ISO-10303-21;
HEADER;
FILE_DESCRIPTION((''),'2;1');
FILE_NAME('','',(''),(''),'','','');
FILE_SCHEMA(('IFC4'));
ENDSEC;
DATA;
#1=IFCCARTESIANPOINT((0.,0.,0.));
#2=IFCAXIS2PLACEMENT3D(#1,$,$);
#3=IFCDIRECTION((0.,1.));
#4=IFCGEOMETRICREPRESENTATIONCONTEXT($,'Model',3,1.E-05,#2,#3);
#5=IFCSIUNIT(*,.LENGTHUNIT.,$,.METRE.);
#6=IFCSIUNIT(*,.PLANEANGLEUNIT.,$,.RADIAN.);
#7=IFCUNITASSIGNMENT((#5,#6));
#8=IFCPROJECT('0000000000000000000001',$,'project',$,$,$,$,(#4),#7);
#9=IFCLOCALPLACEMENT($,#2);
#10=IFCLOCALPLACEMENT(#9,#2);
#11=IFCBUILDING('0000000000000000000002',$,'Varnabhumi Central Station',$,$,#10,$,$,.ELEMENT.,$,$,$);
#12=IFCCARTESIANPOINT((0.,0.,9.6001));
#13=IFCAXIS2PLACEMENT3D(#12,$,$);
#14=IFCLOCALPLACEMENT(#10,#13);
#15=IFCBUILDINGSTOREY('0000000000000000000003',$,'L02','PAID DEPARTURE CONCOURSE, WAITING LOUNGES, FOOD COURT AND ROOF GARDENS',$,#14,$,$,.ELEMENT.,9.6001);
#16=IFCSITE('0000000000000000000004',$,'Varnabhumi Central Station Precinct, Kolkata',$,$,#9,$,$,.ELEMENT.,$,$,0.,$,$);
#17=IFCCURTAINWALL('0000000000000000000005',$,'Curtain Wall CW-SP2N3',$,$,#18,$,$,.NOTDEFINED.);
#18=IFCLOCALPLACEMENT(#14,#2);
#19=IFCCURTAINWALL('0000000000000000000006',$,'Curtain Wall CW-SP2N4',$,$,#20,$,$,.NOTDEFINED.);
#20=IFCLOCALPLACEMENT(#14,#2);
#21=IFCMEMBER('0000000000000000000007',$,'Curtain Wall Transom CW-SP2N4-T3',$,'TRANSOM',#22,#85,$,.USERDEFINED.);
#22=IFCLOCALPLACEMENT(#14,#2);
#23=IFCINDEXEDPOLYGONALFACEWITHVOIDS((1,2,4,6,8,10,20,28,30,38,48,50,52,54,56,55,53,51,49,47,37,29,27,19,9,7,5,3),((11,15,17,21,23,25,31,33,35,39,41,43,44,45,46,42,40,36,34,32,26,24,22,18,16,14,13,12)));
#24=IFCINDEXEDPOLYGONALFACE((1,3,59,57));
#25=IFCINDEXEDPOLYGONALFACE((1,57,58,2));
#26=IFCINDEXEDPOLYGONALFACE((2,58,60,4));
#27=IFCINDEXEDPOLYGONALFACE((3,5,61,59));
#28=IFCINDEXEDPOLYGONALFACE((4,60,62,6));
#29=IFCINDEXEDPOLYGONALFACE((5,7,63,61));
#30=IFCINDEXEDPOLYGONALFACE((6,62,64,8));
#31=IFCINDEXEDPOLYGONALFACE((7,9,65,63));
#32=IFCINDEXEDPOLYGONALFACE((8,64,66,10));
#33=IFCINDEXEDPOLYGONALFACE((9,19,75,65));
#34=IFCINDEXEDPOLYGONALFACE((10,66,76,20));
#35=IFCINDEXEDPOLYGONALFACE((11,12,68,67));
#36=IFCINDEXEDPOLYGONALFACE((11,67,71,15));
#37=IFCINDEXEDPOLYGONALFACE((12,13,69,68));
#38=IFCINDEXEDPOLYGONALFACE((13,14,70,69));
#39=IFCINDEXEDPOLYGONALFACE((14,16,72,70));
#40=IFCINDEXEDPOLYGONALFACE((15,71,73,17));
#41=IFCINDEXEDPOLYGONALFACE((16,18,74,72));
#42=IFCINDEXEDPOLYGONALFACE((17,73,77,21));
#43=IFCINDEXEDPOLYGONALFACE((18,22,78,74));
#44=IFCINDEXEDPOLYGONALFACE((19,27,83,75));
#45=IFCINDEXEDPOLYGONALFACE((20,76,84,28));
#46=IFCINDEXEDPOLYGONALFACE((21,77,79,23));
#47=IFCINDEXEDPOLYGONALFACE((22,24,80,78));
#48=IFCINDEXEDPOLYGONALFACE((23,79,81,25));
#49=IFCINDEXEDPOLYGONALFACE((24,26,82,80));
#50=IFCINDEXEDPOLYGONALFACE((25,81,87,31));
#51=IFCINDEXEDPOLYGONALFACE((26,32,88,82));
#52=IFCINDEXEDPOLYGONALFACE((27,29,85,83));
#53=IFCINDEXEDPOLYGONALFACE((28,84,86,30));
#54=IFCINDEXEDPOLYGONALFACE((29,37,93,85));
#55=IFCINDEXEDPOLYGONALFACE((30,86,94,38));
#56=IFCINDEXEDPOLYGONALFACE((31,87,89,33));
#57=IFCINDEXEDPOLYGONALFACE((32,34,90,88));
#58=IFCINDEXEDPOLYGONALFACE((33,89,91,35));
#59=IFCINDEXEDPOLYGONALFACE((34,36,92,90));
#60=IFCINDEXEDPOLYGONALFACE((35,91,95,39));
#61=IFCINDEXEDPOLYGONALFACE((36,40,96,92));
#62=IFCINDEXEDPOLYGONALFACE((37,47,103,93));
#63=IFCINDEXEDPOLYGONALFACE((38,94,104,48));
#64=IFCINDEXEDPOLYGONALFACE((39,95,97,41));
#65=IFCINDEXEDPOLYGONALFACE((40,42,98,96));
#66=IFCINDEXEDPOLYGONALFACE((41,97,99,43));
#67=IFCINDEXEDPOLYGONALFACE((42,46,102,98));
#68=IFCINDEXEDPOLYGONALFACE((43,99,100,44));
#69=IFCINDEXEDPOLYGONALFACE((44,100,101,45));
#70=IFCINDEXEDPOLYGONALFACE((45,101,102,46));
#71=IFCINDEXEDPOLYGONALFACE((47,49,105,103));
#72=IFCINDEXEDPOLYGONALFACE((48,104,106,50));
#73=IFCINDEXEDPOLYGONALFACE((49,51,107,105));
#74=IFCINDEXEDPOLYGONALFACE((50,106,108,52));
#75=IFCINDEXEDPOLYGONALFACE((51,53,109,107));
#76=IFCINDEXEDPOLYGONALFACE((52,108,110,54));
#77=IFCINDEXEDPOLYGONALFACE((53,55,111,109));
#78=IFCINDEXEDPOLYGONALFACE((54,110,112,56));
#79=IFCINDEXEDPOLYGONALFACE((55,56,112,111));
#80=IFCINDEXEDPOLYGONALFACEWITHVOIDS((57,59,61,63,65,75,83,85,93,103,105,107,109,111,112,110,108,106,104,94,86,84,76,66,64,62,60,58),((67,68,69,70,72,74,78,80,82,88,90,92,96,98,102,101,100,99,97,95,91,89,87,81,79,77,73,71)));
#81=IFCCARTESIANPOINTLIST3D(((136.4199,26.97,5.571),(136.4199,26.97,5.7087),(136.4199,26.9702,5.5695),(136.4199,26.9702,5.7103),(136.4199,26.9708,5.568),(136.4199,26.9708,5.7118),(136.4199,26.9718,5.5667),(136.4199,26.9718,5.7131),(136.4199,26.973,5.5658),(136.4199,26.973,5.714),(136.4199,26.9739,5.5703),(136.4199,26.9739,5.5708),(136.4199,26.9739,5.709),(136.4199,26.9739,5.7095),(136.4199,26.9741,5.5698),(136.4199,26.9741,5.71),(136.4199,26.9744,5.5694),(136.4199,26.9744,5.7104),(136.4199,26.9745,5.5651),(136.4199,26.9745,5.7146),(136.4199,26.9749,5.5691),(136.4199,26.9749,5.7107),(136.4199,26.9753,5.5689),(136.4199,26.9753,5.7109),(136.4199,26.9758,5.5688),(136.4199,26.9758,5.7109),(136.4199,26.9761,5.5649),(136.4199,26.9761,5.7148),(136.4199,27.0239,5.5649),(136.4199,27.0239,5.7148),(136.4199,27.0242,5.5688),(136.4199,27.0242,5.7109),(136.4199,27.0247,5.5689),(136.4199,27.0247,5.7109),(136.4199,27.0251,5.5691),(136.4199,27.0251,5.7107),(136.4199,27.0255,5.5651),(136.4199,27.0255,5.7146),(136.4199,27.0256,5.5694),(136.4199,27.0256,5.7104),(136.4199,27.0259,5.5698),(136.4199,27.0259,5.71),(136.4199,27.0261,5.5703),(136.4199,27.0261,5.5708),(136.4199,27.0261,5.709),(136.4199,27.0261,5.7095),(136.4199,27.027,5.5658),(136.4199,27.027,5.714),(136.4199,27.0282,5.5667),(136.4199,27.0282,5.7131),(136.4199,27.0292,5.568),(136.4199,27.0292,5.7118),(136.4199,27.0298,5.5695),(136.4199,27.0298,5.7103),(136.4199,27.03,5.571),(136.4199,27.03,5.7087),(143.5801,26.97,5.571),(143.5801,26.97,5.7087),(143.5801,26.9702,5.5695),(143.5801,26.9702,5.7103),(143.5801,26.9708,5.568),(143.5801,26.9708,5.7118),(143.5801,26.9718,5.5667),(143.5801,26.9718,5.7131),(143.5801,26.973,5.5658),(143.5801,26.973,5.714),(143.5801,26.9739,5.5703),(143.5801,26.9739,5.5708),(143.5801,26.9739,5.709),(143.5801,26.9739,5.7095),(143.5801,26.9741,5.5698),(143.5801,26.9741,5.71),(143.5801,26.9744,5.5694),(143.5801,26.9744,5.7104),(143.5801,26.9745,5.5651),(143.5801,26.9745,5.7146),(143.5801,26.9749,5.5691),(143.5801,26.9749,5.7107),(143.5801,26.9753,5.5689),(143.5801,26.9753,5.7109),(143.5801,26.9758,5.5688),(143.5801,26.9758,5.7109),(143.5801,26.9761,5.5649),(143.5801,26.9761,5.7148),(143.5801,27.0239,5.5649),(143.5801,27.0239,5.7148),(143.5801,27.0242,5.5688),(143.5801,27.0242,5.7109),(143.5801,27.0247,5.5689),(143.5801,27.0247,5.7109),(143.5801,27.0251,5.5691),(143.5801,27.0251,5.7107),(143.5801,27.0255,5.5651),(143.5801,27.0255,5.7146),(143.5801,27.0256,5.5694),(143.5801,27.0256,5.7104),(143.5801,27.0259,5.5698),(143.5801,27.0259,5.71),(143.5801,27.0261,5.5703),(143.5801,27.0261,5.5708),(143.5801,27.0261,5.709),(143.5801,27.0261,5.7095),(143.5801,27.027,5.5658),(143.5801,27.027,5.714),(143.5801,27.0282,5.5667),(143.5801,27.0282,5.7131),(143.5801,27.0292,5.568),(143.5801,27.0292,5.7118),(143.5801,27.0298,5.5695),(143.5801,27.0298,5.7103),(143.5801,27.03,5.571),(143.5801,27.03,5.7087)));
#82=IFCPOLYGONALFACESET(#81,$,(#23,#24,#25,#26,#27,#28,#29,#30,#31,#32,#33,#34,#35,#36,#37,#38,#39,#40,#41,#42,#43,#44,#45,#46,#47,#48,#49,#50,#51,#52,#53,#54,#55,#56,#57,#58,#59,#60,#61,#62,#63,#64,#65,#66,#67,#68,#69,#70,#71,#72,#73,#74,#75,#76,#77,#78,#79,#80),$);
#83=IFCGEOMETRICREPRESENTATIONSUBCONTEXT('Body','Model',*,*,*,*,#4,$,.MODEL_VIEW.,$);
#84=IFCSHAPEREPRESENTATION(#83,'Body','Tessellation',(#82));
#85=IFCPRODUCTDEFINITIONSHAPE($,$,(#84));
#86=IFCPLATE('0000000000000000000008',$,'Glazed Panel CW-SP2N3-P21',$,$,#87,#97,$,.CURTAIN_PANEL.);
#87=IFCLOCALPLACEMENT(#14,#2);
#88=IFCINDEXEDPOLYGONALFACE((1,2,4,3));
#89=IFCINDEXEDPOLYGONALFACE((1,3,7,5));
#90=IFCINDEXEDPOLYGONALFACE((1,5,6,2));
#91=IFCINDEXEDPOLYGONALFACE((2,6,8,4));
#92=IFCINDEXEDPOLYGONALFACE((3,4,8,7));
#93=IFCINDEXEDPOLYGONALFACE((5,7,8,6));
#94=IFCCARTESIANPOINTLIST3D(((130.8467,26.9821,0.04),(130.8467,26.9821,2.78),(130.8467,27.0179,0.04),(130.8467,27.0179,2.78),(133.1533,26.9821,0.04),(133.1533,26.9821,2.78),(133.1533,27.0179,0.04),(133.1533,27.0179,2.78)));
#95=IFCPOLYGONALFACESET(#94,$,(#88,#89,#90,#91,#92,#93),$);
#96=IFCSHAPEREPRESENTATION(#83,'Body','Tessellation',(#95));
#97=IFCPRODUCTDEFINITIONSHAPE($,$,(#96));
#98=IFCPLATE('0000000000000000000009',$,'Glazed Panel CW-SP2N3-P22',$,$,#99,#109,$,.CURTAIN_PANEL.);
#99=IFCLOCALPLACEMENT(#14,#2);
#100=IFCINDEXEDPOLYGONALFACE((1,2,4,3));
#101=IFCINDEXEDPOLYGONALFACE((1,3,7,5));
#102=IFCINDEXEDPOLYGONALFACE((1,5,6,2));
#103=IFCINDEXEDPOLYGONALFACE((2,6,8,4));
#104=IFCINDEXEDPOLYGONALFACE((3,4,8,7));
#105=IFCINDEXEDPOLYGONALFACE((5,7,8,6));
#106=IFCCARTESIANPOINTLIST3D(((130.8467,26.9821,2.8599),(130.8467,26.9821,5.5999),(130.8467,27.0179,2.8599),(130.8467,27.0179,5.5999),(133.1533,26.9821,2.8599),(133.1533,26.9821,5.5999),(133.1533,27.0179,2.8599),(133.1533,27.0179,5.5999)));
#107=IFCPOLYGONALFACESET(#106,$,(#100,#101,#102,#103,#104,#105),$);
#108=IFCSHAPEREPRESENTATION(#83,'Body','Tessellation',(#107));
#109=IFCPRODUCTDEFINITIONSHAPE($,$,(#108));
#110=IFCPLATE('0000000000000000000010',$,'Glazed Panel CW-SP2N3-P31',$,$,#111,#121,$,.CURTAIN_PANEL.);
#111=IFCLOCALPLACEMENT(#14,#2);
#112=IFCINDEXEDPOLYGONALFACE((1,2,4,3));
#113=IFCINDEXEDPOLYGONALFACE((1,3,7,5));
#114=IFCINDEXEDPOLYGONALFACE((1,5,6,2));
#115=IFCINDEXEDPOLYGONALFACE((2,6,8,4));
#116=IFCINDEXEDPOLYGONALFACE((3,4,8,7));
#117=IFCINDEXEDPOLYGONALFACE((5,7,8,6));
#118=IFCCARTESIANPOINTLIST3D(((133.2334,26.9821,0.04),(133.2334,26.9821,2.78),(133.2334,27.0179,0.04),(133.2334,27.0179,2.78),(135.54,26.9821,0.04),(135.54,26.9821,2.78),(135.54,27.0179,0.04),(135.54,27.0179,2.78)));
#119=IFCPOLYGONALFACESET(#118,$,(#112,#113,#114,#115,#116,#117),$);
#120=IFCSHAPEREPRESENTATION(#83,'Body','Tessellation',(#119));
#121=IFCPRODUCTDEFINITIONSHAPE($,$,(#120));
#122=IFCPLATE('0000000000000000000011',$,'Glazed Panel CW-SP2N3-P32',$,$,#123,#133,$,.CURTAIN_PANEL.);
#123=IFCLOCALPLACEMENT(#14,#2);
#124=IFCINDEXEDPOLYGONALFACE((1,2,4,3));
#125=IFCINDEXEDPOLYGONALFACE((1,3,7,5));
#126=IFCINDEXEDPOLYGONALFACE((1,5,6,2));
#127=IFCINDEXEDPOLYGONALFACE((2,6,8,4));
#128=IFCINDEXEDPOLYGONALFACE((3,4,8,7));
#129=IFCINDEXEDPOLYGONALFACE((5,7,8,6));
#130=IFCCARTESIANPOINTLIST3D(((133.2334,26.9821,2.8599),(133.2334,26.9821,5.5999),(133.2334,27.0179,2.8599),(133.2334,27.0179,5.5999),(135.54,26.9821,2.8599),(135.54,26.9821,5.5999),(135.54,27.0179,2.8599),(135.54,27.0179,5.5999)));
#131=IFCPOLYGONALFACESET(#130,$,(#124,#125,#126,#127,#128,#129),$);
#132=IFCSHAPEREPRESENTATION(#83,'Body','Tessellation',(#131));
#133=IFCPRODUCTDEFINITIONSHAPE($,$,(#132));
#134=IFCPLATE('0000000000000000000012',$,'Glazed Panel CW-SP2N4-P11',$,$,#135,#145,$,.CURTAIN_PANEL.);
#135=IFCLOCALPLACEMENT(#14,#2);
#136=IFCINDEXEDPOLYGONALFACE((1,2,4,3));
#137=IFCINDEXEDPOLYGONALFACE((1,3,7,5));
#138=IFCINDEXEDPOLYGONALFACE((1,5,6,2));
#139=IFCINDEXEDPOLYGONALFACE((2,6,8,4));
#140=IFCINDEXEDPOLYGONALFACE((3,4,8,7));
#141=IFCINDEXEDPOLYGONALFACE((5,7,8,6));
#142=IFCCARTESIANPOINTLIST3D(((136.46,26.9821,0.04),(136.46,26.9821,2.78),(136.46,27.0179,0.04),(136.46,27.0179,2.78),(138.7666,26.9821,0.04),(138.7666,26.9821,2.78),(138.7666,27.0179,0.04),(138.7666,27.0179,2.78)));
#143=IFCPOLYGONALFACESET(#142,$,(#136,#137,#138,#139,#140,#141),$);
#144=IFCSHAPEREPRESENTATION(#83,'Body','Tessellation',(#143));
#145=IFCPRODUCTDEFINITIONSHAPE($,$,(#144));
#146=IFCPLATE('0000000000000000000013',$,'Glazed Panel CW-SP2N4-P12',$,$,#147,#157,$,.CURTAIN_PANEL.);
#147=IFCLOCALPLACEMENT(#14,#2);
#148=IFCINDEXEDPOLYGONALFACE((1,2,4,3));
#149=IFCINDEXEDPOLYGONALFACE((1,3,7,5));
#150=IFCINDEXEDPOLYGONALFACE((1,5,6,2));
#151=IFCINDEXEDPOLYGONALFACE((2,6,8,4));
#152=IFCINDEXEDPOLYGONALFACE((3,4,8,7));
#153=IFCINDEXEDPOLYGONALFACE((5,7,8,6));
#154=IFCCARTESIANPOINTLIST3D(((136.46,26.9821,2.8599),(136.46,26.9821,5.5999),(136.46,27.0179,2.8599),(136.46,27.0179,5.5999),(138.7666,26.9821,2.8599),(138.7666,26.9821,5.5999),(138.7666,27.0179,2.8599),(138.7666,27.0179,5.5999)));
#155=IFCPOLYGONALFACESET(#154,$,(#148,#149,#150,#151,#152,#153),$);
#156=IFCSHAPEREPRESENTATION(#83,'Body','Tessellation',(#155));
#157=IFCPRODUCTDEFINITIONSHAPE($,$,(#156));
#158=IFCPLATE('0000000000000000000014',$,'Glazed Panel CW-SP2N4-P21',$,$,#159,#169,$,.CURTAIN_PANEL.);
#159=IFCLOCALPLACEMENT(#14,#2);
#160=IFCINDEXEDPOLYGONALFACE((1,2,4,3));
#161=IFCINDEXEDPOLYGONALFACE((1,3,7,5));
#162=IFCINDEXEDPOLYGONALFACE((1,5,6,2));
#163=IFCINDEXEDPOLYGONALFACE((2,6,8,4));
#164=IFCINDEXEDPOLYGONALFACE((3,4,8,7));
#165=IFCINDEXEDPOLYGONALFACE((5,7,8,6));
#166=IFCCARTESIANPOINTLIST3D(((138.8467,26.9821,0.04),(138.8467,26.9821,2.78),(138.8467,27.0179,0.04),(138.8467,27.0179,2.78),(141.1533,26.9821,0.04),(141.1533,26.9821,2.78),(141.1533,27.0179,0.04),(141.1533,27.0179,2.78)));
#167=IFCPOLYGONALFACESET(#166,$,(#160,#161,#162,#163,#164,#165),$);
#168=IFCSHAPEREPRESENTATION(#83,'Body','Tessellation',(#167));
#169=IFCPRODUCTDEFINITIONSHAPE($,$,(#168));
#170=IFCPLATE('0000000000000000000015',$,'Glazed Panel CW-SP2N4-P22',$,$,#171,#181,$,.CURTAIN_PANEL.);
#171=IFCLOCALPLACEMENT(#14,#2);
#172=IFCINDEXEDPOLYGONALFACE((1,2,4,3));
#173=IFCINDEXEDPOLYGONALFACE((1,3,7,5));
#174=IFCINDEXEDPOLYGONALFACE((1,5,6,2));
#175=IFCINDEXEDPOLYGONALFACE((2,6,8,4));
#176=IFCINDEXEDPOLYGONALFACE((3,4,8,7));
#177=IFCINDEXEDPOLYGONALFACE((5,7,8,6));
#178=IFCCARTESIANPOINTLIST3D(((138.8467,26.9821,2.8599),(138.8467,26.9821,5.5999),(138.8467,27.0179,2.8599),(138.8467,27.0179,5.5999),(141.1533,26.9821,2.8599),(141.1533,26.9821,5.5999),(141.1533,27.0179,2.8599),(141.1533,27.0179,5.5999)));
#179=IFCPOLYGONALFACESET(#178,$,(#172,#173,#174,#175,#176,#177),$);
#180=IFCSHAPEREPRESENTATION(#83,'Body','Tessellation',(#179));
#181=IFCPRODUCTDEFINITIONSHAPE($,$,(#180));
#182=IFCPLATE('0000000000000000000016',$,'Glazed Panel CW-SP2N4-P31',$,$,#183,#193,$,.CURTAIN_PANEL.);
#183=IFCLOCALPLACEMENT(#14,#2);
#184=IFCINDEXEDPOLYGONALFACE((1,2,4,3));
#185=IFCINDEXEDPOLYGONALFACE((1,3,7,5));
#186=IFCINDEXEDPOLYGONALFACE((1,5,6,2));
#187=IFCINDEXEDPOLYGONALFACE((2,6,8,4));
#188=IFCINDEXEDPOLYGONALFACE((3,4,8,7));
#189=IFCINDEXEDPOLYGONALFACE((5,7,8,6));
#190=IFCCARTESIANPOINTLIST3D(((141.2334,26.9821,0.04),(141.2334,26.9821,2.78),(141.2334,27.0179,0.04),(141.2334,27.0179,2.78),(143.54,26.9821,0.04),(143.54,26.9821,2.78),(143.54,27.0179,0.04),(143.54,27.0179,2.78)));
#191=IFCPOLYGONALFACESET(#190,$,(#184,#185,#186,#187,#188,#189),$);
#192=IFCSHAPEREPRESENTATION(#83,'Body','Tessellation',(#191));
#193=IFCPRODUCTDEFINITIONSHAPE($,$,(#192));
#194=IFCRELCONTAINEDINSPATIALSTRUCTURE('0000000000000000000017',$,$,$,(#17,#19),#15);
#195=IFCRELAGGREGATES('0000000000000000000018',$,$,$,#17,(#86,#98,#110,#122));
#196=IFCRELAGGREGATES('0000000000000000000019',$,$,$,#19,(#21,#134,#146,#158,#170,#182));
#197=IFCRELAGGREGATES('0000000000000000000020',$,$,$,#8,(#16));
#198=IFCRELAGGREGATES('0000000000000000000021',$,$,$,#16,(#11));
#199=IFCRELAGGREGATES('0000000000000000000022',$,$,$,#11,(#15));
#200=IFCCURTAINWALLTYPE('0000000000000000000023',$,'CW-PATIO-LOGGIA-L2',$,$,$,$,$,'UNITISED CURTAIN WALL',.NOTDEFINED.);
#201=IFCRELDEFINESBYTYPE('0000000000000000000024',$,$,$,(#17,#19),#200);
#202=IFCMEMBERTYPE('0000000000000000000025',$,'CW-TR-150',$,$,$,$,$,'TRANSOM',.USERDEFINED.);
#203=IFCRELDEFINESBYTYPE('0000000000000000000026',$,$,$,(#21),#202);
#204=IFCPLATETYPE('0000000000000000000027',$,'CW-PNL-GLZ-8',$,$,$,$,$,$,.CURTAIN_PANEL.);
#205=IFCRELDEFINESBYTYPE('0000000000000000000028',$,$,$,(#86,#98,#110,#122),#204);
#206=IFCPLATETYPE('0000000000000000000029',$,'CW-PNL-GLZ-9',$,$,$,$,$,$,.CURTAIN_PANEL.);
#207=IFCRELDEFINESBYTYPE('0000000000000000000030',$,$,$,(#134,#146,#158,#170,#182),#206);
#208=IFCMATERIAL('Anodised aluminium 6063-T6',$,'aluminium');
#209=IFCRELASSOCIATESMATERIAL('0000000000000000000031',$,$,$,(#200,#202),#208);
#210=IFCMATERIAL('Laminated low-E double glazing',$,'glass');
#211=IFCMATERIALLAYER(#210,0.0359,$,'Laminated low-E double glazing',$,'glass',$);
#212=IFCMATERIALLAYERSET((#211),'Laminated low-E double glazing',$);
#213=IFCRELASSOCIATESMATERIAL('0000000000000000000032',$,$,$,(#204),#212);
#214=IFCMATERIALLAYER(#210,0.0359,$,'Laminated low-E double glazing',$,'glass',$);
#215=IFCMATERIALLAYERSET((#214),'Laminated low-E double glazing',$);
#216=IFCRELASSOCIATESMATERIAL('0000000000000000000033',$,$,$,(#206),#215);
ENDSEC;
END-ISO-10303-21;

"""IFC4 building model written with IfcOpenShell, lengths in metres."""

from ifc_helpers import new_model, si_unit, direction, frame, origin, origin_2d, place, context, subcontext, project, spatial, rectangle, hollow_rectangle, extrude, material, layer, layer_set, material_profile, profile_set, type_object, element, aggregate, save


model = new_model("IFC4")

# Units and contexts
model_context = context("Model", 3, precision=1e-05, world=origin(), true_north=direction((0.0, 1.0)))
body_context = subcontext(model_context, "Body", "Model", "MODEL_VIEW")
ifc_project = project(units=[si_unit("LENGTHUNIT", "METRE"), si_unit("PLANEANGLEUNIT", "RADIAN")], contexts=[model_context])

# Site, building, storey
site_placement = place(None, origin())
site = spatial("IfcSite", under=ifc_project, at=site_placement, Name="Varnabhumi Central Station Precinct, Kolkata", CompositionType="ELEMENT", RefElevation=0.0)
building_placement = place(site_placement, origin())
building = spatial("IfcBuilding", under=site, at=building_placement, Name="Varnabhumi Central Station", CompositionType="ELEMENT")
storey_placement = place(building_placement, frame((0.0, 0.0, 9.6001)))
storey = spatial("IfcBuildingStorey", under=building, at=storey_placement, Name="L02", Description="PAID DEPARTURE CONCOURSE, WAITING LOUNGES, FOOD COURT AND ROOF GARDENS", CompositionType="ELEMENT", Elevation=9.6001)

# Curtain walls, member
ifc_material_1 = material(Name="Anodised aluminium 6063-T6", Category="aluminium")
curtain_wall_type = type_object("IfcCurtainWallType", Name="CW-PATIO-LOGGIA-L2", ElementType="UNITISED CURTAIN WALL", PredefinedType="NOTDEFINED", material=ifc_material_1)
curtain_wall_1_placement = place(storey_placement, origin())
curtain_wall_1 = element("IfcCurtainWall", 1, at=curtain_wall_1_placement, inside=storey, type_object=curtain_wall_type, Name="Curtain Wall CW-SP2N3", PredefinedType="NOTDEFINED")
curtain_wall_2_placement = place(storey_placement, origin())
curtain_wall_2 = element("IfcCurtainWall", 2, at=curtain_wall_2_placement, inside=storey, type_object=curtain_wall_type, Name="Curtain Wall CW-SP2N4", PredefinedType="NOTDEFINED")
ifc_material_profile_1 = material_profile(ifc_material_1, hollow_rectangle(XDim=0.0601, YDim=0.1499, WallThickness=0.0039, InnerFilletRadius=0.002, OuterFilletRadius=0.0061, at=origin_2d()), Name="Anodised aluminium 6063-T6", Category="aluminium")
ifc_profile_set_1 = profile_set([ifc_material_profile_1], Name="Anodised aluminium 6063-T6")
member_type_1 = type_object("IfcMemberType", Name="CW-TR-150", ElementType="TRANSOM", PredefinedType="USERDEFINED", material=ifc_profile_set_1)
member_1_placement = place(storey_placement, frame((136.4199, 27.0, 5.6399), z_axis=(1.0, 0.0, 0.0), x_axis=(0.0, 1.0, 0.0)))
member_1 = element("IfcMember", 3, at=member_1_placement, type_object=member_type_1, Name="Curtain Wall Transom CW-SP2N4-T3", ObjectType="TRANSOM", PredefinedType="USERDEFINED", context=body_context, shape_type="SweptSolid", body=[
    extrude(hollow_rectangle(XDim=0.0601, YDim=0.1499, WallThickness=0.0039, InnerFilletRadius=0.002, OuterFilletRadius=0.0061, at=origin_2d()), origin(), (0.0, 0.0, 1.0), 7.1602),
])

# Plates
ifc_material_2 = material(Name="Laminated low-E double glazing", Category="glass")
ifc_layer_1 = layer(ifc_material_2, 0.0359, Name="Laminated low-E double glazing", Category="glass")
ifc_layer_set_1 = layer_set([ifc_layer_1], Name="Laminated low-E double glazing")
plate_type_1 = type_object("IfcPlateType", Name="CW-PNL-GLZ-8", PredefinedType="CURTAIN_PANEL", material=ifc_layer_set_1)
plate_1_placement = place(storey_placement, frame((132.0, 27.0, 0.04), z_axis=(0.0, 0.0, 1.0), x_axis=(1.0, 0.0, 0.0)))
plate_1 = element("IfcPlate", 4, at=plate_1_placement, type_object=plate_type_1, Name="Glazed Panel CW-SP2N3-P21", PredefinedType="CURTAIN_PANEL", context=body_context, shape_type="SweptSolid", body=[
    extrude(rectangle(XDim=2.3066, YDim=0.0359, at=origin_2d()), origin(), (0.0, 0.0, 1.0), 2.74),
])
plate_2_placement = place(storey_placement, frame((132.0, 27.0, 2.8599), z_axis=(0.0, 0.0, 1.0), x_axis=(1.0, 0.0, 0.0)))
plate_2 = element("IfcPlate", 5, at=plate_2_placement, type_object=plate_type_1, Name="Glazed Panel CW-SP2N3-P22", PredefinedType="CURTAIN_PANEL", context=body_context, shape_type="SweptSolid", body=[
    extrude(rectangle(XDim=2.3066, YDim=0.0359, at=origin_2d()), origin(), (0.0, 0.0, 1.0), 2.74),
])
plate_3_placement = place(storey_placement, frame((134.3867, 27.0, 0.04), z_axis=(0.0, 0.0, 1.0), x_axis=(1.0, 0.0, 0.0)))
plate_3 = element("IfcPlate", 6, at=plate_3_placement, type_object=plate_type_1, Name="Glazed Panel CW-SP2N3-P31", PredefinedType="CURTAIN_PANEL", context=body_context, shape_type="SweptSolid", body=[
    extrude(rectangle(XDim=2.3066, YDim=0.0359, at=origin_2d()), origin(), (0.0, 0.0, 1.0), 2.74),
])
plate_4_placement = place(storey_placement, frame((134.3867, 27.0, 2.8599), z_axis=(0.0, 0.0, 1.0), x_axis=(1.0, 0.0, 0.0)))
plate_4 = element("IfcPlate", 7, at=plate_4_placement, type_object=plate_type_1, Name="Glazed Panel CW-SP2N3-P32", PredefinedType="CURTAIN_PANEL", context=body_context, shape_type="SweptSolid", body=[
    extrude(rectangle(XDim=2.3066, YDim=0.0359, at=origin_2d()), origin(), (0.0, 0.0, 1.0), 2.74),
])
aggregate(curtain_wall_1, [plate_1, plate_2, plate_3, plate_4])
ifc_layer_2 = layer(ifc_material_2, 0.0359, Name="Laminated low-E double glazing", Category="glass")
ifc_layer_set_2 = layer_set([ifc_layer_2], Name="Laminated low-E double glazing")
plate_type_2 = type_object("IfcPlateType", Name="CW-PNL-GLZ-9", PredefinedType="CURTAIN_PANEL", material=ifc_layer_set_2)
plate_5_placement = place(storey_placement, frame((137.6133, 27.0, 0.04), z_axis=(0.0, 0.0, 1.0), x_axis=(1.0, 0.0, 0.0)))
plate_5 = element("IfcPlate", 8, at=plate_5_placement, type_object=plate_type_2, Name="Glazed Panel CW-SP2N4-P11", PredefinedType="CURTAIN_PANEL", context=body_context, shape_type="SweptSolid", body=[
    extrude(rectangle(XDim=2.3066, YDim=0.0359, at=origin_2d()), origin(), (0.0, 0.0, 1.0), 2.74),
])
plate_6_placement = place(storey_placement, frame((137.6133, 27.0, 2.8599), z_axis=(0.0, 0.0, 1.0), x_axis=(1.0, 0.0, 0.0)))
plate_6 = element("IfcPlate", 9, at=plate_6_placement, type_object=plate_type_2, Name="Glazed Panel CW-SP2N4-P12", PredefinedType="CURTAIN_PANEL", context=body_context, shape_type="SweptSolid", body=[
    extrude(rectangle(XDim=2.3066, YDim=0.0359, at=origin_2d()), origin(), (0.0, 0.0, 1.0), 2.74),
])
plate_7_placement = place(storey_placement, frame((140.0, 27.0, 0.04), z_axis=(0.0, 0.0, 1.0), x_axis=(1.0, 0.0, 0.0)))
plate_7 = element("IfcPlate", 10, at=plate_7_placement, type_object=plate_type_2, Name="Glazed Panel CW-SP2N4-P21", PredefinedType="CURTAIN_PANEL", context=body_context, shape_type="SweptSolid", body=[
    extrude(rectangle(XDim=2.3066, YDim=0.0359, at=origin_2d()), origin(), (0.0, 0.0, 1.0), 2.74),
])
plate_8_placement = place(storey_placement, frame((140.0, 27.0, 2.8599), z_axis=(0.0, 0.0, 1.0), x_axis=(1.0, 0.0, 0.0)))
plate_8 = element("IfcPlate", 11, at=plate_8_placement, type_object=plate_type_2, Name="Glazed Panel CW-SP2N4-P22", PredefinedType="CURTAIN_PANEL", context=body_context, shape_type="SweptSolid", body=[
    extrude(rectangle(XDim=2.3066, YDim=0.0359, at=origin_2d()), origin(), (0.0, 0.0, 1.0), 2.74),
])
plate_9_placement = place(storey_placement, frame((142.3867, 27.0, 0.04), z_axis=(0.0, 0.0, 1.0), x_axis=(1.0, 0.0, 0.0)))
plate_9 = element("IfcPlate", 12, at=plate_9_placement, type_object=plate_type_2, Name="Glazed Panel CW-SP2N4-P31", PredefinedType="CURTAIN_PANEL", context=body_context, shape_type="SweptSolid", body=[
    extrude(rectangle(XDim=2.3066, YDim=0.0359, at=origin_2d()), origin(), (0.0, 0.0, 1.0), 2.74),
])
aggregate(curtain_wall_2, [member_1, plate_5, plate_6, plate_7, plate_8, plate_9])

save(model, "model.ifc")
